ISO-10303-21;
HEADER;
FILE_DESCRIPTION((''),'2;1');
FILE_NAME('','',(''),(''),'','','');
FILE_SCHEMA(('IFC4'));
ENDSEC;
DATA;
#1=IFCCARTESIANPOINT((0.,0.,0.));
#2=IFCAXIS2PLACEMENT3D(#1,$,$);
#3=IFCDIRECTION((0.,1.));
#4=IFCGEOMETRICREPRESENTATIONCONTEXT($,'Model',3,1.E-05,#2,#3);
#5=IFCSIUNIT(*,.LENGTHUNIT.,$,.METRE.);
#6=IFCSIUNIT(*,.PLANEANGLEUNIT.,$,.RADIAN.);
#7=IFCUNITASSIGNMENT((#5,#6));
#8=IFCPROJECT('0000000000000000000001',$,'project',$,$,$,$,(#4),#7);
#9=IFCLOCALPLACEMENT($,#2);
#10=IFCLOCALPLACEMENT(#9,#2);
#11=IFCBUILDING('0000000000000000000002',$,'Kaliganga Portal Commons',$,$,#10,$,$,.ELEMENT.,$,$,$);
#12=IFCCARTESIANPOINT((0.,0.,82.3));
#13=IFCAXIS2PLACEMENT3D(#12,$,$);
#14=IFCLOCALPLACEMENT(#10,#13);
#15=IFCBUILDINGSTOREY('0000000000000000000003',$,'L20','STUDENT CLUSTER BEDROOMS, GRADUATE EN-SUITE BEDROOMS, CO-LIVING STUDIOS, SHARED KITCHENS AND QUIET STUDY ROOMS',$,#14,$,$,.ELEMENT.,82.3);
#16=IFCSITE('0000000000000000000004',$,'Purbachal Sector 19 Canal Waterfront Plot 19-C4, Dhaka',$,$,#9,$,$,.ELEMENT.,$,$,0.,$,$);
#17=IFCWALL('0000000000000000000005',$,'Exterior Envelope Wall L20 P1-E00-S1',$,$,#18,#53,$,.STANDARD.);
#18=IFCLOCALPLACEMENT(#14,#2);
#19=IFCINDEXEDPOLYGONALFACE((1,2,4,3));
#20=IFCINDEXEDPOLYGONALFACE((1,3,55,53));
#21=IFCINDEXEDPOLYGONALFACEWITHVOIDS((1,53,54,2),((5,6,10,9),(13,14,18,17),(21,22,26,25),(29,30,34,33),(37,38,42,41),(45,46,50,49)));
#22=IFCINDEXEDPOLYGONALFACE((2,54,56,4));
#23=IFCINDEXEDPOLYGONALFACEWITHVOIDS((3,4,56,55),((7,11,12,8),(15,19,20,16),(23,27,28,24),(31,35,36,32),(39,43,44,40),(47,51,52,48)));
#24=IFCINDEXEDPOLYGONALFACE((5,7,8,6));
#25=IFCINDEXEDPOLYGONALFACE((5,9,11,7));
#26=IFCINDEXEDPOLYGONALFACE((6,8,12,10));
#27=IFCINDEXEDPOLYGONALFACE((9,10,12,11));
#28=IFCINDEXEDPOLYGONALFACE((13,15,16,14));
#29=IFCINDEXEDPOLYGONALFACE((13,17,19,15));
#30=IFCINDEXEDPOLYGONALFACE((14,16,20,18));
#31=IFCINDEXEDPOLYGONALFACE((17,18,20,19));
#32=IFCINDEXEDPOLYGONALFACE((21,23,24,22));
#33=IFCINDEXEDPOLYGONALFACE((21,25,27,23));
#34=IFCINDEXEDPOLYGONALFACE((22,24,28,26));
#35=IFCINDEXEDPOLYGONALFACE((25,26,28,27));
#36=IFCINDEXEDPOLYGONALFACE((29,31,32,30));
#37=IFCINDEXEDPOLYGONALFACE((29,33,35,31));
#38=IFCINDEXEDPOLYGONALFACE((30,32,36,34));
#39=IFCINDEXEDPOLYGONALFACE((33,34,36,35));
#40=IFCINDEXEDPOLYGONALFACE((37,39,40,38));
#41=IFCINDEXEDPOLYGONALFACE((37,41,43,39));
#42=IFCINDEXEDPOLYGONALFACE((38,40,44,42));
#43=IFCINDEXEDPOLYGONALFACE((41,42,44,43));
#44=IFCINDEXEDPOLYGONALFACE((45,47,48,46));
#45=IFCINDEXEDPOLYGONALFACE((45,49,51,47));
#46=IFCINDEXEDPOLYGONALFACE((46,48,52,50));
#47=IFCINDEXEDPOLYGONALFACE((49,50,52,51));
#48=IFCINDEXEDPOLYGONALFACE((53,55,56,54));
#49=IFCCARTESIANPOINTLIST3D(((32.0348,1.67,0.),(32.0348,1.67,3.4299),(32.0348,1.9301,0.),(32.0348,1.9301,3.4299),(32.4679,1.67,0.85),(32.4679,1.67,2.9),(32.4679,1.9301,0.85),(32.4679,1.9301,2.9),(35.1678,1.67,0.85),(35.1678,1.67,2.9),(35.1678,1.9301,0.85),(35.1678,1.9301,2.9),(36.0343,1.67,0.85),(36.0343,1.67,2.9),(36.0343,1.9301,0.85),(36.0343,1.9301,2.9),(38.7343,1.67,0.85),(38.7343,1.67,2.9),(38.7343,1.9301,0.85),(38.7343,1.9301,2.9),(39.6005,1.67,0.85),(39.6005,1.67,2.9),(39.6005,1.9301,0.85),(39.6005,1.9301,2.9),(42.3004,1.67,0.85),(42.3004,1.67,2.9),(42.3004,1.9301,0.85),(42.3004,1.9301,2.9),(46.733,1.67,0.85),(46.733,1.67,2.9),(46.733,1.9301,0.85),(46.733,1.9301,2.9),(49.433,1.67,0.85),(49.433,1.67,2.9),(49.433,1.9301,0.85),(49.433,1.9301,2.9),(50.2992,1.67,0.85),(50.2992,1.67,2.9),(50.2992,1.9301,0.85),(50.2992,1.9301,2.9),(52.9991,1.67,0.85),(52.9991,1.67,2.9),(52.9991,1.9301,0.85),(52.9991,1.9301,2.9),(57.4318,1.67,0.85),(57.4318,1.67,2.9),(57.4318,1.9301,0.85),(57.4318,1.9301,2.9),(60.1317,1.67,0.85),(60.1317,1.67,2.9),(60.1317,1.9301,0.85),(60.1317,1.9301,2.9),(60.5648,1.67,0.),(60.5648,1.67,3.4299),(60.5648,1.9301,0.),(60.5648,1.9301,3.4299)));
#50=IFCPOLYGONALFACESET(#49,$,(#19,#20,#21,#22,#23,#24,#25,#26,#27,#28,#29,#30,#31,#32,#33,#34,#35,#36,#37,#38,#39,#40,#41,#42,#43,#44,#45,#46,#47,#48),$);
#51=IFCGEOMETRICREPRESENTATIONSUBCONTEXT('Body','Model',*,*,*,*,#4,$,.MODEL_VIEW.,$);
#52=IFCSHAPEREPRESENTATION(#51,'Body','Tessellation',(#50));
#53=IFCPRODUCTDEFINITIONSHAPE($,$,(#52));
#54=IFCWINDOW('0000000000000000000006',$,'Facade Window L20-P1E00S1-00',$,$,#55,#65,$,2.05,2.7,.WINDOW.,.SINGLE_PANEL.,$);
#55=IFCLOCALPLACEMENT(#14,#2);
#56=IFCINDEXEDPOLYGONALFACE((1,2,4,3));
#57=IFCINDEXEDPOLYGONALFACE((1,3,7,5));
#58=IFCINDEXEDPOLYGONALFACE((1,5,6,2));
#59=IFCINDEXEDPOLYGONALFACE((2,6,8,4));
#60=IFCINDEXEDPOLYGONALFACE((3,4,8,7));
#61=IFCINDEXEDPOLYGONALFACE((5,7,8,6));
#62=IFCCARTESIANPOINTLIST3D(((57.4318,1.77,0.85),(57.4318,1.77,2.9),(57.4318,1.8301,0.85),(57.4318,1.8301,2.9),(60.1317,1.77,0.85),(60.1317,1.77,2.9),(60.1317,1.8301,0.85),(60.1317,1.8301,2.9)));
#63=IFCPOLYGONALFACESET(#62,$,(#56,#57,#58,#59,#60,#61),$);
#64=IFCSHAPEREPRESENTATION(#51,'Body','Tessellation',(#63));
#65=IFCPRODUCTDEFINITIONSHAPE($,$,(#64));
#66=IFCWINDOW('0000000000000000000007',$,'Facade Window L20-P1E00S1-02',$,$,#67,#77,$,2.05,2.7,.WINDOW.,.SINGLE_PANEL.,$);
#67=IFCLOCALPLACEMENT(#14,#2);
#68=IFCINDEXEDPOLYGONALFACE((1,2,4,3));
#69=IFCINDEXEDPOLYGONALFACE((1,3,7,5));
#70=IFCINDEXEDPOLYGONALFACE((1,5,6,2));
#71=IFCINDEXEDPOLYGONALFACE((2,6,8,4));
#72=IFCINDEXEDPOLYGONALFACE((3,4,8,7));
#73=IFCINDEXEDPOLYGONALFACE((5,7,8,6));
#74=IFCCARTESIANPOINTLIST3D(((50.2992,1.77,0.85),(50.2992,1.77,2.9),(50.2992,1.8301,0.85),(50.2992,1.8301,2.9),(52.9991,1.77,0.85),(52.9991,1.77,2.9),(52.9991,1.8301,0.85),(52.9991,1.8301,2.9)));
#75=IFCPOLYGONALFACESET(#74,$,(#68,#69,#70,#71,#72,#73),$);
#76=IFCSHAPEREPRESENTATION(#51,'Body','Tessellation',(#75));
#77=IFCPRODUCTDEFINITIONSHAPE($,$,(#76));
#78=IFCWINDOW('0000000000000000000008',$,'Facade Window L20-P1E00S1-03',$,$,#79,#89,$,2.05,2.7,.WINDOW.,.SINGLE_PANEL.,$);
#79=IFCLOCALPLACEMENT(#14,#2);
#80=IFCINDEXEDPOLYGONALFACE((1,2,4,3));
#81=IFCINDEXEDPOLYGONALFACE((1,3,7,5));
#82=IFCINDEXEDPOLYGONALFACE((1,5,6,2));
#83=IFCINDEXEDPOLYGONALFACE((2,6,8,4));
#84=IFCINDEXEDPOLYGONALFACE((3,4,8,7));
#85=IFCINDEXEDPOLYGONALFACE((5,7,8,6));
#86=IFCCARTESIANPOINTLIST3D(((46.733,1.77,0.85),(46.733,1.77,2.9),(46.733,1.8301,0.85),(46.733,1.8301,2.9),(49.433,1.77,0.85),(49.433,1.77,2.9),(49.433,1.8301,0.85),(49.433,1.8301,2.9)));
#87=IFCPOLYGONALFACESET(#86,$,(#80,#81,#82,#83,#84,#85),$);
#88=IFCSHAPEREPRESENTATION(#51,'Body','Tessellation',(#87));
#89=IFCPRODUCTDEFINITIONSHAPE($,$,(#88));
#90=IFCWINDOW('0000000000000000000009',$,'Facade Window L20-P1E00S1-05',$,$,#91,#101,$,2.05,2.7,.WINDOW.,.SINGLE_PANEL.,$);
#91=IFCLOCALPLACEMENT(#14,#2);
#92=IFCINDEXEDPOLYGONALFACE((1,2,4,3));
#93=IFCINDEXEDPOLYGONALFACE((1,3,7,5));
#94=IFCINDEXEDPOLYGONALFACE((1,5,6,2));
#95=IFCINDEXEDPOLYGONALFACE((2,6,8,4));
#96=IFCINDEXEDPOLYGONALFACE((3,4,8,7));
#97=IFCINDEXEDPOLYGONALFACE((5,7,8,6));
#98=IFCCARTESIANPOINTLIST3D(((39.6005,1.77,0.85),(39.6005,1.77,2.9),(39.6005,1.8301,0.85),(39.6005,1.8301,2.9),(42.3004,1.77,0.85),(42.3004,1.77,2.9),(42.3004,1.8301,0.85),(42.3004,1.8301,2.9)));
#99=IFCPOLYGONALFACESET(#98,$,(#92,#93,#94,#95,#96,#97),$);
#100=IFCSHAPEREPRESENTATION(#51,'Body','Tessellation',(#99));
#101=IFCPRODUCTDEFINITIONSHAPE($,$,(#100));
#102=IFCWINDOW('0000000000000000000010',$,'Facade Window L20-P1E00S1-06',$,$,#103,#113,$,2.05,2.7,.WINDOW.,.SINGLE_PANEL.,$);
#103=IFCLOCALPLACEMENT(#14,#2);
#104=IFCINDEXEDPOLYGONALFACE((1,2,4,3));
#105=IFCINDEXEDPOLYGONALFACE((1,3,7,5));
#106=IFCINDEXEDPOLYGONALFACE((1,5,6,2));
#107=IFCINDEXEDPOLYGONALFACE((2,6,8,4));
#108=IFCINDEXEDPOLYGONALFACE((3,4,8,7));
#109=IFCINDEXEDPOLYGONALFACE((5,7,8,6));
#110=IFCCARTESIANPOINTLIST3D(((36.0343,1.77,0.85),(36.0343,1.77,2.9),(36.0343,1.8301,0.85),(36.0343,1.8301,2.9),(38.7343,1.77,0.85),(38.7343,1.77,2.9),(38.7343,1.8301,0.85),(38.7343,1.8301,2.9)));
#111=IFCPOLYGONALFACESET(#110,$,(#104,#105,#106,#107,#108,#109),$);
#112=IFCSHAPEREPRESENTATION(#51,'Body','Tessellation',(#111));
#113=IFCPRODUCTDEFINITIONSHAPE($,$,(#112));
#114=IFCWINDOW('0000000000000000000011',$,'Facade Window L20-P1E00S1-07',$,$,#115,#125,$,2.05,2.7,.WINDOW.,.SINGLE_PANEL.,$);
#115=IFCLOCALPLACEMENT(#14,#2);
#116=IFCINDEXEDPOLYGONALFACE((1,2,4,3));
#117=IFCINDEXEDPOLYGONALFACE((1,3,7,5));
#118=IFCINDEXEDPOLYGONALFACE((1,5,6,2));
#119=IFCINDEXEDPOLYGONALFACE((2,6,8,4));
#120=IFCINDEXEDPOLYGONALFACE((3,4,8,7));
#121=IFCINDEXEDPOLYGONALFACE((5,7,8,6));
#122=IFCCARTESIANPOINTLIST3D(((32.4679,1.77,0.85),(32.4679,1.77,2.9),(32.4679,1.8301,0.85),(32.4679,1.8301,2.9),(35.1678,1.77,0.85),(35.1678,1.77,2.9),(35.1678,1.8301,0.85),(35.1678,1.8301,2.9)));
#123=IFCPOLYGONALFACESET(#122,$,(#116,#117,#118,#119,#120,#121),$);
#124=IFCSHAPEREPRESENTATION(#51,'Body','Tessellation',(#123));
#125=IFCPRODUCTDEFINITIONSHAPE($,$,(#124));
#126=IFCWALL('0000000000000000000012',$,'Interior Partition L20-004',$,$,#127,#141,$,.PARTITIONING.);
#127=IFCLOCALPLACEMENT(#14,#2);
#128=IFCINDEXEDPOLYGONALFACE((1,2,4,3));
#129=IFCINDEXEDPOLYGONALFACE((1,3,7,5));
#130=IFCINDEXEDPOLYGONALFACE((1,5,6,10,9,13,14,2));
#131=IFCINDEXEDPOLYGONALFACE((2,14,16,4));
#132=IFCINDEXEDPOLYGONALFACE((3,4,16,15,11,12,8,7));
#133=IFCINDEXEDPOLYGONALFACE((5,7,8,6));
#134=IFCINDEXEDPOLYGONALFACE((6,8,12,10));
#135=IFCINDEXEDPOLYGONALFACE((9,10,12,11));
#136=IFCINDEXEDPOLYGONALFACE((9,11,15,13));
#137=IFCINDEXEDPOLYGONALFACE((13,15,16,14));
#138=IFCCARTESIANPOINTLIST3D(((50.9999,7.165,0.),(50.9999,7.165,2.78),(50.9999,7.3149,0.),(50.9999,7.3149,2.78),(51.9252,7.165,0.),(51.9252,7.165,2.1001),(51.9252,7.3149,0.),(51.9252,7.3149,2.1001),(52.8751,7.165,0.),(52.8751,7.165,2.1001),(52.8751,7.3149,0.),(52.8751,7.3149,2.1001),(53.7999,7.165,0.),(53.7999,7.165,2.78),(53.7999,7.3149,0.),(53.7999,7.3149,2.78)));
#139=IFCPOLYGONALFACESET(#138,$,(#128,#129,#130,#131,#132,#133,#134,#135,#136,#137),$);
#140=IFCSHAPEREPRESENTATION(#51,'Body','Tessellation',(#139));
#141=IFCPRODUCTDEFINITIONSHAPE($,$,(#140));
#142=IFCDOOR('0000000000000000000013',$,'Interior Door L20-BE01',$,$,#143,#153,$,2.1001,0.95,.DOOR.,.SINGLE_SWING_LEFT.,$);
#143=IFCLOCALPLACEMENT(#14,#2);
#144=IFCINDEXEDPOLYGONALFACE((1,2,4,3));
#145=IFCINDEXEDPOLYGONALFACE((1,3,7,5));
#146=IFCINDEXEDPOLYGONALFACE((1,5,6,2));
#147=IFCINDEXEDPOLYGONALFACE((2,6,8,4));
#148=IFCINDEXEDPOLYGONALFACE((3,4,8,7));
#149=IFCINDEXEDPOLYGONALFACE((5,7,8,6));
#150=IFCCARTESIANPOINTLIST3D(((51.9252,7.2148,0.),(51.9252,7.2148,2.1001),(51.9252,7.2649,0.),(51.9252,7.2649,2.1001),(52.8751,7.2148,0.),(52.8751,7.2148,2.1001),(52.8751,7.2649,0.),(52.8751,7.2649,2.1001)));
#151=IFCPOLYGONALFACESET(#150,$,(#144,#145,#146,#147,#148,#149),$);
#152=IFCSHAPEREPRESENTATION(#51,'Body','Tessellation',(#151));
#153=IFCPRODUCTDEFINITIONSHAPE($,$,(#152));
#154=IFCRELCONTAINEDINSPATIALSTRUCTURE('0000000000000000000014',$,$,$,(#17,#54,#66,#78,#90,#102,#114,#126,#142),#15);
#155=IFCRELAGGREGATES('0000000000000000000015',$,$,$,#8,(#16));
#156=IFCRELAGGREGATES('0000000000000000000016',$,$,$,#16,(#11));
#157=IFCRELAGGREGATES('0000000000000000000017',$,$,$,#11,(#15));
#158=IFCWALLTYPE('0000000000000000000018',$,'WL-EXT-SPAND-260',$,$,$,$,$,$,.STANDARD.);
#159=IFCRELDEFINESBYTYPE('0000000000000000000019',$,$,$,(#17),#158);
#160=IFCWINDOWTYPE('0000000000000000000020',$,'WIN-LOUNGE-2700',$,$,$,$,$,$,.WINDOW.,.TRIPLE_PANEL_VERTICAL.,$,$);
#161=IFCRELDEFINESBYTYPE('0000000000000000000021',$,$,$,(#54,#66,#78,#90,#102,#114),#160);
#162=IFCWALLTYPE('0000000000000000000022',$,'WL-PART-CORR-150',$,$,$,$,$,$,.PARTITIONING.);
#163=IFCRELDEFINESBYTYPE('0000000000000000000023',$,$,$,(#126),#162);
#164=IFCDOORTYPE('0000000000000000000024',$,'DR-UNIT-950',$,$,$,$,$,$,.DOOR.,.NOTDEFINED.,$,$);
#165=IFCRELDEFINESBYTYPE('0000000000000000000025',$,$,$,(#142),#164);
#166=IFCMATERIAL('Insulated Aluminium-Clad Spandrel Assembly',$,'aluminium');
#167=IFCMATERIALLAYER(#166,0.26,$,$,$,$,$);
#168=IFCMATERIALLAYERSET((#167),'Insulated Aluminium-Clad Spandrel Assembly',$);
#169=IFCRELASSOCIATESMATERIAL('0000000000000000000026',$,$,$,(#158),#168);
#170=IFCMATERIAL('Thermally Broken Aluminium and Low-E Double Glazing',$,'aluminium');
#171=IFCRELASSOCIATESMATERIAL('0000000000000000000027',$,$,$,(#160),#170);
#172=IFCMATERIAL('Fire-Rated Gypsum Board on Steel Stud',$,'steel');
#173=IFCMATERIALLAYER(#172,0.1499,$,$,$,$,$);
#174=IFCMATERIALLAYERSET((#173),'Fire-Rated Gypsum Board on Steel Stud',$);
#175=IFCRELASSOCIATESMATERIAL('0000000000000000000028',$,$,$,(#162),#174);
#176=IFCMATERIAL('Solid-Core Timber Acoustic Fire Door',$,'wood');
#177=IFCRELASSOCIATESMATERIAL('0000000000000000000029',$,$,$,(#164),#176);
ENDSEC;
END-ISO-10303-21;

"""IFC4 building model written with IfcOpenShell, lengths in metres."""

from ifc_helpers import new_model, si_unit, direction, frame, frame_2d, origin, place, context, subcontext, project, spatial, rectangle, extrude, material, layer, layer_set, type_object, element, fill, save


model = new_model("IFC4")

# Units and contexts
model_context = context("Model", 3, precision=1e-05, world=origin(), true_north=direction((0.0, 1.0)))
body_context = subcontext(model_context, "Body", "Model", "MODEL_VIEW")
ifc_project = project(units=[si_unit("LENGTHUNIT", "METRE"), si_unit("PLANEANGLEUNIT", "RADIAN")], contexts=[model_context])

# Site, building, storey
site_placement = place(None, origin())
site = spatial("IfcSite", under=ifc_project, at=site_placement, Name="Purbachal Sector 19 Canal Waterfront Plot 19-C4, Dhaka", CompositionType="ELEMENT", RefElevation=0.0)
building_placement = place(site_placement, origin())
building = spatial("IfcBuilding", under=site, at=building_placement, Name="Kaliganga Portal Commons", CompositionType="ELEMENT")
storey_placement = place(building_placement, frame((0.0, 0.0, 82.3)))
storey = spatial("IfcBuildingStorey", under=building, at=storey_placement, Name="L20", Description="STUDENT CLUSTER BEDROOMS, GRADUATE EN-SUITE BEDROOMS, CO-LIVING STUDIOS, SHARED KITCHENS AND QUIET STUDY ROOMS", CompositionType="ELEMENT", Elevation=82.3)

# Wall, openings, windows
ifc_material_1 = material(Name="Insulated Aluminium-Clad Spandrel Assembly", Category="aluminium")
ifc_layer_1 = layer(ifc_material_1, 0.26)
ifc_layer_set_1 = layer_set([ifc_layer_1], Name="Insulated Aluminium-Clad Spandrel Assembly")
wall_type_1 = type_object("IfcWallType", Name="WL-EXT-SPAND-260", PredefinedType="STANDARD", material=ifc_layer_set_1)
wall_1_placement = place(storey_placement, frame((60.5649, 1.8, 0.0), z_axis=(0.0, 0.0, 1.0), x_axis=(-1.0, 0.0, 0.0)))
wall_1 = element("IfcWall", 1, at=wall_1_placement, inside=storey, type_object=wall_type_1, Name="Exterior Envelope Wall L20 P1-E00-S1", PredefinedType="STANDARD", context=body_context, shape_type="SweptSolid", body=[
    extrude(rectangle(XDim=28.53, YDim=0.26, at=frame_2d((14.2651, 0.0))), origin(), (0.0, 0.0, 1.0), 3.4299),
])
opening_1_placement = place(wall_1_placement, frame((0.4331, 0.0, 0.8501)))
opening_1 = element("IfcOpeningElement", 2, at=opening_1_placement, cuts=wall_1, PredefinedType="OPENING", context=body_context, shape_type="SweptSolid", body=[
    extrude(rectangle(XDim=2.7, YDim=2.05, at=frame_2d((1.3501, 1.0249))), frame((0.0, 0.1401, 0.0), z_axis=(0.0, -1.0, 0.0), x_axis=(1.0, 0.0, 0.0)), (0.0, 0.0, 1.0), 0.28),
])
opening_2_placement = place(wall_1_placement, frame((7.5657, 0.0, 0.8501)))
opening_2 = element("IfcOpeningElement", 3, at=opening_2_placement, cuts=wall_1, PredefinedType="OPENING", context=body_context, shape_type="SweptSolid", body=[
    extrude(rectangle(XDim=2.7, YDim=2.05, at=frame_2d((1.3501, 1.0249))), frame((0.0, 0.1401, 0.0), z_axis=(0.0, -1.0, 0.0), x_axis=(1.0, 0.0, 0.0)), (0.0, 0.0, 1.0), 0.28),
])
opening_3_placement = place(wall_1_placement, frame((11.1318, 0.0, 0.8501)))
opening_3 = element("IfcOpeningElement", 4, at=opening_3_placement, cuts=wall_1, PredefinedType="OPENING", context=body_context, shape_type="SweptSolid", body=[
    extrude(rectangle(XDim=2.7, YDim=2.05, at=frame_2d((1.3501, 1.0249))), frame((0.0, 0.1401, 0.0), z_axis=(0.0, -1.0, 0.0), x_axis=(1.0, 0.0, 0.0)), (0.0, 0.0, 1.0), 0.28),
])
opening_4_placement = place(wall_1_placement, frame((18.2644, 0.0, 0.8501)))
opening_4 = element("IfcOpeningElement", 5, at=opening_4_placement, cuts=wall_1, PredefinedType="OPENING", context=body_context, shape_type="SweptSolid", body=[
    extrude(rectangle(XDim=2.7, YDim=2.05, at=frame_2d((1.3501, 1.0249))), frame((0.0, 0.1401, 0.0), z_axis=(0.0, -1.0, 0.0), x_axis=(1.0, 0.0, 0.0)), (0.0, 0.0, 1.0), 0.28),
])
opening_5_placement = place(wall_1_placement, frame((21.8306, 0.0, 0.8501)))
opening_5 = element("IfcOpeningElement", 6, at=opening_5_placement, cuts=wall_1, PredefinedType="OPENING", context=body_context, shape_type="SweptSolid", body=[
    extrude(rectangle(XDim=2.7, YDim=2.05, at=frame_2d((1.3501, 1.0249))), frame((0.0, 0.1401, 0.0), z_axis=(0.0, -1.0, 0.0), x_axis=(1.0, 0.0, 0.0)), (0.0, 0.0, 1.0), 0.28),
])
opening_6_placement = place(wall_1_placement, frame((25.397, 0.0, 0.8501)))
opening_6 = element("IfcOpeningElement", 7, at=opening_6_placement, cuts=wall_1, PredefinedType="OPENING", context=body_context, shape_type="SweptSolid", body=[
    extrude(rectangle(XDim=2.7, YDim=2.05, at=frame_2d((1.3501, 1.0249))), frame((0.0, 0.1401, 0.0), z_axis=(0.0, -1.0, 0.0), x_axis=(1.0, 0.0, 0.0)), (0.0, 0.0, 1.0), 0.28),
])
ifc_material_2 = material(Name="Thermally Broken Aluminium and Low-E Double Glazing", Category="aluminium")
window_type = type_object("IfcWindowType", Name="WIN-LOUNGE-2700", PartitioningType="TRIPLE_PANEL_VERTICAL", PredefinedType="WINDOW", material=ifc_material_2)
window_1_placement = place(opening_1_placement, origin())
window_1 = element("IfcWindow", 8, at=window_1_placement, inside=storey, type_object=window_type, Name="Facade Window L20-P1E00S1-00", OverallHeight=2.05, OverallWidth=2.7, PartitioningType="SINGLE_PANEL", PredefinedType="WINDOW", context=body_context, shape_type="SweptSolid", body=[
    extrude(rectangle(XDim=2.7, YDim=2.05, at=frame_2d((1.3501, 1.0249))), frame((0.0, 0.03, 0.0), z_axis=(0.0, -1.0, 0.0), x_axis=(1.0, 0.0, 0.0)), (0.0, 0.0, 1.0), 0.0601),
])
fill(opening_1, window_1)
window_2_placement = place(opening_2_placement, origin())
window_2 = element("IfcWindow", 9, at=window_2_placement, inside=storey, type_object=window_type, Name="Facade Window L20-P1E00S1-02", OverallHeight=2.05, OverallWidth=2.7, PartitioningType="SINGLE_PANEL", PredefinedType="WINDOW", context=body_context, shape_type="SweptSolid", body=[
    extrude(rectangle(XDim=2.7, YDim=2.05, at=frame_2d((1.3501, 1.0249))), frame((0.0, 0.03, 0.0), z_axis=(0.0, -1.0, 0.0), x_axis=(1.0, 0.0, 0.0)), (0.0, 0.0, 1.0), 0.0601),
])
fill(opening_2, window_2)
window_3_placement = place(opening_3_placement, origin())
window_3 = element("IfcWindow", 10, at=window_3_placement, inside=storey, type_object=window_type, Name="Facade Window L20-P1E00S1-03", OverallHeight=2.05, OverallWidth=2.7, PartitioningType="SINGLE_PANEL", PredefinedType="WINDOW", context=body_context, shape_type="SweptSolid", body=[
    extrude(rectangle(XDim=2.7, YDim=2.05, at=frame_2d((1.3501, 1.0249))), frame((0.0, 0.03, 0.0), z_axis=(0.0, -1.0, 0.0), x_axis=(1.0, 0.0, 0.0)), (0.0, 0.0, 1.0), 0.0601),
])
fill(opening_3, window_3)
window_4_placement = place(opening_4_placement, origin())
window_4 = element("IfcWindow", 11, at=window_4_placement, inside=storey, type_object=window_type, Name="Facade Window L20-P1E00S1-05", OverallHeight=2.05, OverallWidth=2.7, PartitioningType="SINGLE_PANEL", PredefinedType="WINDOW", context=body_context, shape_type="SweptSolid", body=[
    extrude(rectangle(XDim=2.7, YDim=2.05, at=frame_2d((1.3501, 1.0249))), frame((0.0, 0.03, 0.0), z_axis=(0.0, -1.0, 0.0), x_axis=(1.0, 0.0, 0.0)), (0.0, 0.0, 1.0), 0.0601),
])
fill(opening_4, window_4)
window_5_placement = place(opening_5_placement, origin())
window_5 = element("IfcWindow", 12, at=window_5_placement, inside=storey, type_object=window_type, Name="Facade Window L20-P1E00S1-06", OverallHeight=2.05, OverallWidth=2.7, PartitioningType="SINGLE_PANEL", PredefinedType="WINDOW", context=body_context, shape_type="SweptSolid", body=[
    extrude(rectangle(XDim=2.7, YDim=2.05, at=frame_2d((1.3501, 1.0249))), frame((0.0, 0.03, 0.0), z_axis=(0.0, -1.0, 0.0), x_axis=(1.0, 0.0, 0.0)), (0.0, 0.0, 1.0), 0.0601),
])
fill(opening_5, window_5)
window_6_placement = place(opening_6_placement, origin())
window_6 = element("IfcWindow", 13, at=window_6_placement, inside=storey, type_object=window_type, Name="Facade Window L20-P1E00S1-07", OverallHeight=2.05, OverallWidth=2.7, PartitioningType="SINGLE_PANEL", PredefinedType="WINDOW", context=body_context, shape_type="SweptSolid", body=[
    extrude(rectangle(XDim=2.7, YDim=2.05, at=frame_2d((1.3501, 1.0249))), frame((0.0, 0.03, 0.0), z_axis=(0.0, -1.0, 0.0), x_axis=(1.0, 0.0, 0.0)), (0.0, 0.0, 1.0), 0.0601),
])
fill(opening_6, window_6)

# Wall, opening, door
ifc_material_3 = material(Name="Fire-Rated Gypsum Board on Steel Stud", Category="steel")
ifc_layer_2 = layer(ifc_material_3, 0.1499)
ifc_layer_set_2 = layer_set([ifc_layer_2], Name="Fire-Rated Gypsum Board on Steel Stud")
wall_type_2 = type_object("IfcWallType", Name="WL-PART-CORR-150", PredefinedType="PARTITIONING", material=ifc_layer_set_2)
wall_2_placement = place(storey_placement, frame((51.0, 7.24, 0.0), z_axis=(0.0, 0.0, 1.0), x_axis=(1.0, 0.0, 0.0)))
wall_2 = element("IfcWall", 14, at=wall_2_placement, inside=storey, type_object=wall_type_2, Name="Interior Partition L20-004", PredefinedType="PARTITIONING", context=body_context, shape_type="SweptSolid", body=[
    extrude(rectangle(XDim=2.8, YDim=0.1499, at=frame_2d((1.3999, 0.0))), origin(), (0.0, 0.0, 1.0), 2.78),
])
opening_7_placement = place(wall_2_placement, frame((0.925, 0.0, 0.0)))
opening_7 = element("IfcOpeningElement", 15, at=opening_7_placement, cuts=wall_2, PredefinedType="OPENING", context=body_context, shape_type="SweptSolid", body=[
    extrude(rectangle(XDim=0.95, YDim=2.1001, at=frame_2d((0.4751, 1.05))), frame((0.0, 0.085, 0.0), z_axis=(0.0, -1.0, 0.0), x_axis=(1.0, 0.0, 0.0)), (0.0, 0.0, 1.0), 0.1699),
])
ifc_material_4 = material(Name="Solid-Core Timber Acoustic Fire Door", Category="wood")
door_type_1 = type_object("IfcDoorType", Name="DR-UNIT-950", OperationType="NOTDEFINED", PredefinedType="DOOR", material=ifc_material_4)
door_1_placement = place(opening_7_placement, origin())
door_1 = element("IfcDoor", 16, at=door_1_placement, inside=storey, type_object=door_type_1, Name="Interior Door L20-BE01", OperationType="SINGLE_SWING_LEFT", OverallHeight=2.1001, OverallWidth=0.95, PredefinedType="DOOR", context=body_context, shape_type="SweptSolid", body=[
    extrude(rectangle(XDim=0.95, YDim=2.1001, at=frame_2d((0.4751, 1.05))), frame((0.0, 0.0249, 0.0), z_axis=(0.0, -1.0, 0.0), x_axis=(1.0, 0.0, 0.0)), (0.0, 0.0, 1.0), 0.05),
])
fill(opening_7, door_1)

save(model, "model.ifc")
